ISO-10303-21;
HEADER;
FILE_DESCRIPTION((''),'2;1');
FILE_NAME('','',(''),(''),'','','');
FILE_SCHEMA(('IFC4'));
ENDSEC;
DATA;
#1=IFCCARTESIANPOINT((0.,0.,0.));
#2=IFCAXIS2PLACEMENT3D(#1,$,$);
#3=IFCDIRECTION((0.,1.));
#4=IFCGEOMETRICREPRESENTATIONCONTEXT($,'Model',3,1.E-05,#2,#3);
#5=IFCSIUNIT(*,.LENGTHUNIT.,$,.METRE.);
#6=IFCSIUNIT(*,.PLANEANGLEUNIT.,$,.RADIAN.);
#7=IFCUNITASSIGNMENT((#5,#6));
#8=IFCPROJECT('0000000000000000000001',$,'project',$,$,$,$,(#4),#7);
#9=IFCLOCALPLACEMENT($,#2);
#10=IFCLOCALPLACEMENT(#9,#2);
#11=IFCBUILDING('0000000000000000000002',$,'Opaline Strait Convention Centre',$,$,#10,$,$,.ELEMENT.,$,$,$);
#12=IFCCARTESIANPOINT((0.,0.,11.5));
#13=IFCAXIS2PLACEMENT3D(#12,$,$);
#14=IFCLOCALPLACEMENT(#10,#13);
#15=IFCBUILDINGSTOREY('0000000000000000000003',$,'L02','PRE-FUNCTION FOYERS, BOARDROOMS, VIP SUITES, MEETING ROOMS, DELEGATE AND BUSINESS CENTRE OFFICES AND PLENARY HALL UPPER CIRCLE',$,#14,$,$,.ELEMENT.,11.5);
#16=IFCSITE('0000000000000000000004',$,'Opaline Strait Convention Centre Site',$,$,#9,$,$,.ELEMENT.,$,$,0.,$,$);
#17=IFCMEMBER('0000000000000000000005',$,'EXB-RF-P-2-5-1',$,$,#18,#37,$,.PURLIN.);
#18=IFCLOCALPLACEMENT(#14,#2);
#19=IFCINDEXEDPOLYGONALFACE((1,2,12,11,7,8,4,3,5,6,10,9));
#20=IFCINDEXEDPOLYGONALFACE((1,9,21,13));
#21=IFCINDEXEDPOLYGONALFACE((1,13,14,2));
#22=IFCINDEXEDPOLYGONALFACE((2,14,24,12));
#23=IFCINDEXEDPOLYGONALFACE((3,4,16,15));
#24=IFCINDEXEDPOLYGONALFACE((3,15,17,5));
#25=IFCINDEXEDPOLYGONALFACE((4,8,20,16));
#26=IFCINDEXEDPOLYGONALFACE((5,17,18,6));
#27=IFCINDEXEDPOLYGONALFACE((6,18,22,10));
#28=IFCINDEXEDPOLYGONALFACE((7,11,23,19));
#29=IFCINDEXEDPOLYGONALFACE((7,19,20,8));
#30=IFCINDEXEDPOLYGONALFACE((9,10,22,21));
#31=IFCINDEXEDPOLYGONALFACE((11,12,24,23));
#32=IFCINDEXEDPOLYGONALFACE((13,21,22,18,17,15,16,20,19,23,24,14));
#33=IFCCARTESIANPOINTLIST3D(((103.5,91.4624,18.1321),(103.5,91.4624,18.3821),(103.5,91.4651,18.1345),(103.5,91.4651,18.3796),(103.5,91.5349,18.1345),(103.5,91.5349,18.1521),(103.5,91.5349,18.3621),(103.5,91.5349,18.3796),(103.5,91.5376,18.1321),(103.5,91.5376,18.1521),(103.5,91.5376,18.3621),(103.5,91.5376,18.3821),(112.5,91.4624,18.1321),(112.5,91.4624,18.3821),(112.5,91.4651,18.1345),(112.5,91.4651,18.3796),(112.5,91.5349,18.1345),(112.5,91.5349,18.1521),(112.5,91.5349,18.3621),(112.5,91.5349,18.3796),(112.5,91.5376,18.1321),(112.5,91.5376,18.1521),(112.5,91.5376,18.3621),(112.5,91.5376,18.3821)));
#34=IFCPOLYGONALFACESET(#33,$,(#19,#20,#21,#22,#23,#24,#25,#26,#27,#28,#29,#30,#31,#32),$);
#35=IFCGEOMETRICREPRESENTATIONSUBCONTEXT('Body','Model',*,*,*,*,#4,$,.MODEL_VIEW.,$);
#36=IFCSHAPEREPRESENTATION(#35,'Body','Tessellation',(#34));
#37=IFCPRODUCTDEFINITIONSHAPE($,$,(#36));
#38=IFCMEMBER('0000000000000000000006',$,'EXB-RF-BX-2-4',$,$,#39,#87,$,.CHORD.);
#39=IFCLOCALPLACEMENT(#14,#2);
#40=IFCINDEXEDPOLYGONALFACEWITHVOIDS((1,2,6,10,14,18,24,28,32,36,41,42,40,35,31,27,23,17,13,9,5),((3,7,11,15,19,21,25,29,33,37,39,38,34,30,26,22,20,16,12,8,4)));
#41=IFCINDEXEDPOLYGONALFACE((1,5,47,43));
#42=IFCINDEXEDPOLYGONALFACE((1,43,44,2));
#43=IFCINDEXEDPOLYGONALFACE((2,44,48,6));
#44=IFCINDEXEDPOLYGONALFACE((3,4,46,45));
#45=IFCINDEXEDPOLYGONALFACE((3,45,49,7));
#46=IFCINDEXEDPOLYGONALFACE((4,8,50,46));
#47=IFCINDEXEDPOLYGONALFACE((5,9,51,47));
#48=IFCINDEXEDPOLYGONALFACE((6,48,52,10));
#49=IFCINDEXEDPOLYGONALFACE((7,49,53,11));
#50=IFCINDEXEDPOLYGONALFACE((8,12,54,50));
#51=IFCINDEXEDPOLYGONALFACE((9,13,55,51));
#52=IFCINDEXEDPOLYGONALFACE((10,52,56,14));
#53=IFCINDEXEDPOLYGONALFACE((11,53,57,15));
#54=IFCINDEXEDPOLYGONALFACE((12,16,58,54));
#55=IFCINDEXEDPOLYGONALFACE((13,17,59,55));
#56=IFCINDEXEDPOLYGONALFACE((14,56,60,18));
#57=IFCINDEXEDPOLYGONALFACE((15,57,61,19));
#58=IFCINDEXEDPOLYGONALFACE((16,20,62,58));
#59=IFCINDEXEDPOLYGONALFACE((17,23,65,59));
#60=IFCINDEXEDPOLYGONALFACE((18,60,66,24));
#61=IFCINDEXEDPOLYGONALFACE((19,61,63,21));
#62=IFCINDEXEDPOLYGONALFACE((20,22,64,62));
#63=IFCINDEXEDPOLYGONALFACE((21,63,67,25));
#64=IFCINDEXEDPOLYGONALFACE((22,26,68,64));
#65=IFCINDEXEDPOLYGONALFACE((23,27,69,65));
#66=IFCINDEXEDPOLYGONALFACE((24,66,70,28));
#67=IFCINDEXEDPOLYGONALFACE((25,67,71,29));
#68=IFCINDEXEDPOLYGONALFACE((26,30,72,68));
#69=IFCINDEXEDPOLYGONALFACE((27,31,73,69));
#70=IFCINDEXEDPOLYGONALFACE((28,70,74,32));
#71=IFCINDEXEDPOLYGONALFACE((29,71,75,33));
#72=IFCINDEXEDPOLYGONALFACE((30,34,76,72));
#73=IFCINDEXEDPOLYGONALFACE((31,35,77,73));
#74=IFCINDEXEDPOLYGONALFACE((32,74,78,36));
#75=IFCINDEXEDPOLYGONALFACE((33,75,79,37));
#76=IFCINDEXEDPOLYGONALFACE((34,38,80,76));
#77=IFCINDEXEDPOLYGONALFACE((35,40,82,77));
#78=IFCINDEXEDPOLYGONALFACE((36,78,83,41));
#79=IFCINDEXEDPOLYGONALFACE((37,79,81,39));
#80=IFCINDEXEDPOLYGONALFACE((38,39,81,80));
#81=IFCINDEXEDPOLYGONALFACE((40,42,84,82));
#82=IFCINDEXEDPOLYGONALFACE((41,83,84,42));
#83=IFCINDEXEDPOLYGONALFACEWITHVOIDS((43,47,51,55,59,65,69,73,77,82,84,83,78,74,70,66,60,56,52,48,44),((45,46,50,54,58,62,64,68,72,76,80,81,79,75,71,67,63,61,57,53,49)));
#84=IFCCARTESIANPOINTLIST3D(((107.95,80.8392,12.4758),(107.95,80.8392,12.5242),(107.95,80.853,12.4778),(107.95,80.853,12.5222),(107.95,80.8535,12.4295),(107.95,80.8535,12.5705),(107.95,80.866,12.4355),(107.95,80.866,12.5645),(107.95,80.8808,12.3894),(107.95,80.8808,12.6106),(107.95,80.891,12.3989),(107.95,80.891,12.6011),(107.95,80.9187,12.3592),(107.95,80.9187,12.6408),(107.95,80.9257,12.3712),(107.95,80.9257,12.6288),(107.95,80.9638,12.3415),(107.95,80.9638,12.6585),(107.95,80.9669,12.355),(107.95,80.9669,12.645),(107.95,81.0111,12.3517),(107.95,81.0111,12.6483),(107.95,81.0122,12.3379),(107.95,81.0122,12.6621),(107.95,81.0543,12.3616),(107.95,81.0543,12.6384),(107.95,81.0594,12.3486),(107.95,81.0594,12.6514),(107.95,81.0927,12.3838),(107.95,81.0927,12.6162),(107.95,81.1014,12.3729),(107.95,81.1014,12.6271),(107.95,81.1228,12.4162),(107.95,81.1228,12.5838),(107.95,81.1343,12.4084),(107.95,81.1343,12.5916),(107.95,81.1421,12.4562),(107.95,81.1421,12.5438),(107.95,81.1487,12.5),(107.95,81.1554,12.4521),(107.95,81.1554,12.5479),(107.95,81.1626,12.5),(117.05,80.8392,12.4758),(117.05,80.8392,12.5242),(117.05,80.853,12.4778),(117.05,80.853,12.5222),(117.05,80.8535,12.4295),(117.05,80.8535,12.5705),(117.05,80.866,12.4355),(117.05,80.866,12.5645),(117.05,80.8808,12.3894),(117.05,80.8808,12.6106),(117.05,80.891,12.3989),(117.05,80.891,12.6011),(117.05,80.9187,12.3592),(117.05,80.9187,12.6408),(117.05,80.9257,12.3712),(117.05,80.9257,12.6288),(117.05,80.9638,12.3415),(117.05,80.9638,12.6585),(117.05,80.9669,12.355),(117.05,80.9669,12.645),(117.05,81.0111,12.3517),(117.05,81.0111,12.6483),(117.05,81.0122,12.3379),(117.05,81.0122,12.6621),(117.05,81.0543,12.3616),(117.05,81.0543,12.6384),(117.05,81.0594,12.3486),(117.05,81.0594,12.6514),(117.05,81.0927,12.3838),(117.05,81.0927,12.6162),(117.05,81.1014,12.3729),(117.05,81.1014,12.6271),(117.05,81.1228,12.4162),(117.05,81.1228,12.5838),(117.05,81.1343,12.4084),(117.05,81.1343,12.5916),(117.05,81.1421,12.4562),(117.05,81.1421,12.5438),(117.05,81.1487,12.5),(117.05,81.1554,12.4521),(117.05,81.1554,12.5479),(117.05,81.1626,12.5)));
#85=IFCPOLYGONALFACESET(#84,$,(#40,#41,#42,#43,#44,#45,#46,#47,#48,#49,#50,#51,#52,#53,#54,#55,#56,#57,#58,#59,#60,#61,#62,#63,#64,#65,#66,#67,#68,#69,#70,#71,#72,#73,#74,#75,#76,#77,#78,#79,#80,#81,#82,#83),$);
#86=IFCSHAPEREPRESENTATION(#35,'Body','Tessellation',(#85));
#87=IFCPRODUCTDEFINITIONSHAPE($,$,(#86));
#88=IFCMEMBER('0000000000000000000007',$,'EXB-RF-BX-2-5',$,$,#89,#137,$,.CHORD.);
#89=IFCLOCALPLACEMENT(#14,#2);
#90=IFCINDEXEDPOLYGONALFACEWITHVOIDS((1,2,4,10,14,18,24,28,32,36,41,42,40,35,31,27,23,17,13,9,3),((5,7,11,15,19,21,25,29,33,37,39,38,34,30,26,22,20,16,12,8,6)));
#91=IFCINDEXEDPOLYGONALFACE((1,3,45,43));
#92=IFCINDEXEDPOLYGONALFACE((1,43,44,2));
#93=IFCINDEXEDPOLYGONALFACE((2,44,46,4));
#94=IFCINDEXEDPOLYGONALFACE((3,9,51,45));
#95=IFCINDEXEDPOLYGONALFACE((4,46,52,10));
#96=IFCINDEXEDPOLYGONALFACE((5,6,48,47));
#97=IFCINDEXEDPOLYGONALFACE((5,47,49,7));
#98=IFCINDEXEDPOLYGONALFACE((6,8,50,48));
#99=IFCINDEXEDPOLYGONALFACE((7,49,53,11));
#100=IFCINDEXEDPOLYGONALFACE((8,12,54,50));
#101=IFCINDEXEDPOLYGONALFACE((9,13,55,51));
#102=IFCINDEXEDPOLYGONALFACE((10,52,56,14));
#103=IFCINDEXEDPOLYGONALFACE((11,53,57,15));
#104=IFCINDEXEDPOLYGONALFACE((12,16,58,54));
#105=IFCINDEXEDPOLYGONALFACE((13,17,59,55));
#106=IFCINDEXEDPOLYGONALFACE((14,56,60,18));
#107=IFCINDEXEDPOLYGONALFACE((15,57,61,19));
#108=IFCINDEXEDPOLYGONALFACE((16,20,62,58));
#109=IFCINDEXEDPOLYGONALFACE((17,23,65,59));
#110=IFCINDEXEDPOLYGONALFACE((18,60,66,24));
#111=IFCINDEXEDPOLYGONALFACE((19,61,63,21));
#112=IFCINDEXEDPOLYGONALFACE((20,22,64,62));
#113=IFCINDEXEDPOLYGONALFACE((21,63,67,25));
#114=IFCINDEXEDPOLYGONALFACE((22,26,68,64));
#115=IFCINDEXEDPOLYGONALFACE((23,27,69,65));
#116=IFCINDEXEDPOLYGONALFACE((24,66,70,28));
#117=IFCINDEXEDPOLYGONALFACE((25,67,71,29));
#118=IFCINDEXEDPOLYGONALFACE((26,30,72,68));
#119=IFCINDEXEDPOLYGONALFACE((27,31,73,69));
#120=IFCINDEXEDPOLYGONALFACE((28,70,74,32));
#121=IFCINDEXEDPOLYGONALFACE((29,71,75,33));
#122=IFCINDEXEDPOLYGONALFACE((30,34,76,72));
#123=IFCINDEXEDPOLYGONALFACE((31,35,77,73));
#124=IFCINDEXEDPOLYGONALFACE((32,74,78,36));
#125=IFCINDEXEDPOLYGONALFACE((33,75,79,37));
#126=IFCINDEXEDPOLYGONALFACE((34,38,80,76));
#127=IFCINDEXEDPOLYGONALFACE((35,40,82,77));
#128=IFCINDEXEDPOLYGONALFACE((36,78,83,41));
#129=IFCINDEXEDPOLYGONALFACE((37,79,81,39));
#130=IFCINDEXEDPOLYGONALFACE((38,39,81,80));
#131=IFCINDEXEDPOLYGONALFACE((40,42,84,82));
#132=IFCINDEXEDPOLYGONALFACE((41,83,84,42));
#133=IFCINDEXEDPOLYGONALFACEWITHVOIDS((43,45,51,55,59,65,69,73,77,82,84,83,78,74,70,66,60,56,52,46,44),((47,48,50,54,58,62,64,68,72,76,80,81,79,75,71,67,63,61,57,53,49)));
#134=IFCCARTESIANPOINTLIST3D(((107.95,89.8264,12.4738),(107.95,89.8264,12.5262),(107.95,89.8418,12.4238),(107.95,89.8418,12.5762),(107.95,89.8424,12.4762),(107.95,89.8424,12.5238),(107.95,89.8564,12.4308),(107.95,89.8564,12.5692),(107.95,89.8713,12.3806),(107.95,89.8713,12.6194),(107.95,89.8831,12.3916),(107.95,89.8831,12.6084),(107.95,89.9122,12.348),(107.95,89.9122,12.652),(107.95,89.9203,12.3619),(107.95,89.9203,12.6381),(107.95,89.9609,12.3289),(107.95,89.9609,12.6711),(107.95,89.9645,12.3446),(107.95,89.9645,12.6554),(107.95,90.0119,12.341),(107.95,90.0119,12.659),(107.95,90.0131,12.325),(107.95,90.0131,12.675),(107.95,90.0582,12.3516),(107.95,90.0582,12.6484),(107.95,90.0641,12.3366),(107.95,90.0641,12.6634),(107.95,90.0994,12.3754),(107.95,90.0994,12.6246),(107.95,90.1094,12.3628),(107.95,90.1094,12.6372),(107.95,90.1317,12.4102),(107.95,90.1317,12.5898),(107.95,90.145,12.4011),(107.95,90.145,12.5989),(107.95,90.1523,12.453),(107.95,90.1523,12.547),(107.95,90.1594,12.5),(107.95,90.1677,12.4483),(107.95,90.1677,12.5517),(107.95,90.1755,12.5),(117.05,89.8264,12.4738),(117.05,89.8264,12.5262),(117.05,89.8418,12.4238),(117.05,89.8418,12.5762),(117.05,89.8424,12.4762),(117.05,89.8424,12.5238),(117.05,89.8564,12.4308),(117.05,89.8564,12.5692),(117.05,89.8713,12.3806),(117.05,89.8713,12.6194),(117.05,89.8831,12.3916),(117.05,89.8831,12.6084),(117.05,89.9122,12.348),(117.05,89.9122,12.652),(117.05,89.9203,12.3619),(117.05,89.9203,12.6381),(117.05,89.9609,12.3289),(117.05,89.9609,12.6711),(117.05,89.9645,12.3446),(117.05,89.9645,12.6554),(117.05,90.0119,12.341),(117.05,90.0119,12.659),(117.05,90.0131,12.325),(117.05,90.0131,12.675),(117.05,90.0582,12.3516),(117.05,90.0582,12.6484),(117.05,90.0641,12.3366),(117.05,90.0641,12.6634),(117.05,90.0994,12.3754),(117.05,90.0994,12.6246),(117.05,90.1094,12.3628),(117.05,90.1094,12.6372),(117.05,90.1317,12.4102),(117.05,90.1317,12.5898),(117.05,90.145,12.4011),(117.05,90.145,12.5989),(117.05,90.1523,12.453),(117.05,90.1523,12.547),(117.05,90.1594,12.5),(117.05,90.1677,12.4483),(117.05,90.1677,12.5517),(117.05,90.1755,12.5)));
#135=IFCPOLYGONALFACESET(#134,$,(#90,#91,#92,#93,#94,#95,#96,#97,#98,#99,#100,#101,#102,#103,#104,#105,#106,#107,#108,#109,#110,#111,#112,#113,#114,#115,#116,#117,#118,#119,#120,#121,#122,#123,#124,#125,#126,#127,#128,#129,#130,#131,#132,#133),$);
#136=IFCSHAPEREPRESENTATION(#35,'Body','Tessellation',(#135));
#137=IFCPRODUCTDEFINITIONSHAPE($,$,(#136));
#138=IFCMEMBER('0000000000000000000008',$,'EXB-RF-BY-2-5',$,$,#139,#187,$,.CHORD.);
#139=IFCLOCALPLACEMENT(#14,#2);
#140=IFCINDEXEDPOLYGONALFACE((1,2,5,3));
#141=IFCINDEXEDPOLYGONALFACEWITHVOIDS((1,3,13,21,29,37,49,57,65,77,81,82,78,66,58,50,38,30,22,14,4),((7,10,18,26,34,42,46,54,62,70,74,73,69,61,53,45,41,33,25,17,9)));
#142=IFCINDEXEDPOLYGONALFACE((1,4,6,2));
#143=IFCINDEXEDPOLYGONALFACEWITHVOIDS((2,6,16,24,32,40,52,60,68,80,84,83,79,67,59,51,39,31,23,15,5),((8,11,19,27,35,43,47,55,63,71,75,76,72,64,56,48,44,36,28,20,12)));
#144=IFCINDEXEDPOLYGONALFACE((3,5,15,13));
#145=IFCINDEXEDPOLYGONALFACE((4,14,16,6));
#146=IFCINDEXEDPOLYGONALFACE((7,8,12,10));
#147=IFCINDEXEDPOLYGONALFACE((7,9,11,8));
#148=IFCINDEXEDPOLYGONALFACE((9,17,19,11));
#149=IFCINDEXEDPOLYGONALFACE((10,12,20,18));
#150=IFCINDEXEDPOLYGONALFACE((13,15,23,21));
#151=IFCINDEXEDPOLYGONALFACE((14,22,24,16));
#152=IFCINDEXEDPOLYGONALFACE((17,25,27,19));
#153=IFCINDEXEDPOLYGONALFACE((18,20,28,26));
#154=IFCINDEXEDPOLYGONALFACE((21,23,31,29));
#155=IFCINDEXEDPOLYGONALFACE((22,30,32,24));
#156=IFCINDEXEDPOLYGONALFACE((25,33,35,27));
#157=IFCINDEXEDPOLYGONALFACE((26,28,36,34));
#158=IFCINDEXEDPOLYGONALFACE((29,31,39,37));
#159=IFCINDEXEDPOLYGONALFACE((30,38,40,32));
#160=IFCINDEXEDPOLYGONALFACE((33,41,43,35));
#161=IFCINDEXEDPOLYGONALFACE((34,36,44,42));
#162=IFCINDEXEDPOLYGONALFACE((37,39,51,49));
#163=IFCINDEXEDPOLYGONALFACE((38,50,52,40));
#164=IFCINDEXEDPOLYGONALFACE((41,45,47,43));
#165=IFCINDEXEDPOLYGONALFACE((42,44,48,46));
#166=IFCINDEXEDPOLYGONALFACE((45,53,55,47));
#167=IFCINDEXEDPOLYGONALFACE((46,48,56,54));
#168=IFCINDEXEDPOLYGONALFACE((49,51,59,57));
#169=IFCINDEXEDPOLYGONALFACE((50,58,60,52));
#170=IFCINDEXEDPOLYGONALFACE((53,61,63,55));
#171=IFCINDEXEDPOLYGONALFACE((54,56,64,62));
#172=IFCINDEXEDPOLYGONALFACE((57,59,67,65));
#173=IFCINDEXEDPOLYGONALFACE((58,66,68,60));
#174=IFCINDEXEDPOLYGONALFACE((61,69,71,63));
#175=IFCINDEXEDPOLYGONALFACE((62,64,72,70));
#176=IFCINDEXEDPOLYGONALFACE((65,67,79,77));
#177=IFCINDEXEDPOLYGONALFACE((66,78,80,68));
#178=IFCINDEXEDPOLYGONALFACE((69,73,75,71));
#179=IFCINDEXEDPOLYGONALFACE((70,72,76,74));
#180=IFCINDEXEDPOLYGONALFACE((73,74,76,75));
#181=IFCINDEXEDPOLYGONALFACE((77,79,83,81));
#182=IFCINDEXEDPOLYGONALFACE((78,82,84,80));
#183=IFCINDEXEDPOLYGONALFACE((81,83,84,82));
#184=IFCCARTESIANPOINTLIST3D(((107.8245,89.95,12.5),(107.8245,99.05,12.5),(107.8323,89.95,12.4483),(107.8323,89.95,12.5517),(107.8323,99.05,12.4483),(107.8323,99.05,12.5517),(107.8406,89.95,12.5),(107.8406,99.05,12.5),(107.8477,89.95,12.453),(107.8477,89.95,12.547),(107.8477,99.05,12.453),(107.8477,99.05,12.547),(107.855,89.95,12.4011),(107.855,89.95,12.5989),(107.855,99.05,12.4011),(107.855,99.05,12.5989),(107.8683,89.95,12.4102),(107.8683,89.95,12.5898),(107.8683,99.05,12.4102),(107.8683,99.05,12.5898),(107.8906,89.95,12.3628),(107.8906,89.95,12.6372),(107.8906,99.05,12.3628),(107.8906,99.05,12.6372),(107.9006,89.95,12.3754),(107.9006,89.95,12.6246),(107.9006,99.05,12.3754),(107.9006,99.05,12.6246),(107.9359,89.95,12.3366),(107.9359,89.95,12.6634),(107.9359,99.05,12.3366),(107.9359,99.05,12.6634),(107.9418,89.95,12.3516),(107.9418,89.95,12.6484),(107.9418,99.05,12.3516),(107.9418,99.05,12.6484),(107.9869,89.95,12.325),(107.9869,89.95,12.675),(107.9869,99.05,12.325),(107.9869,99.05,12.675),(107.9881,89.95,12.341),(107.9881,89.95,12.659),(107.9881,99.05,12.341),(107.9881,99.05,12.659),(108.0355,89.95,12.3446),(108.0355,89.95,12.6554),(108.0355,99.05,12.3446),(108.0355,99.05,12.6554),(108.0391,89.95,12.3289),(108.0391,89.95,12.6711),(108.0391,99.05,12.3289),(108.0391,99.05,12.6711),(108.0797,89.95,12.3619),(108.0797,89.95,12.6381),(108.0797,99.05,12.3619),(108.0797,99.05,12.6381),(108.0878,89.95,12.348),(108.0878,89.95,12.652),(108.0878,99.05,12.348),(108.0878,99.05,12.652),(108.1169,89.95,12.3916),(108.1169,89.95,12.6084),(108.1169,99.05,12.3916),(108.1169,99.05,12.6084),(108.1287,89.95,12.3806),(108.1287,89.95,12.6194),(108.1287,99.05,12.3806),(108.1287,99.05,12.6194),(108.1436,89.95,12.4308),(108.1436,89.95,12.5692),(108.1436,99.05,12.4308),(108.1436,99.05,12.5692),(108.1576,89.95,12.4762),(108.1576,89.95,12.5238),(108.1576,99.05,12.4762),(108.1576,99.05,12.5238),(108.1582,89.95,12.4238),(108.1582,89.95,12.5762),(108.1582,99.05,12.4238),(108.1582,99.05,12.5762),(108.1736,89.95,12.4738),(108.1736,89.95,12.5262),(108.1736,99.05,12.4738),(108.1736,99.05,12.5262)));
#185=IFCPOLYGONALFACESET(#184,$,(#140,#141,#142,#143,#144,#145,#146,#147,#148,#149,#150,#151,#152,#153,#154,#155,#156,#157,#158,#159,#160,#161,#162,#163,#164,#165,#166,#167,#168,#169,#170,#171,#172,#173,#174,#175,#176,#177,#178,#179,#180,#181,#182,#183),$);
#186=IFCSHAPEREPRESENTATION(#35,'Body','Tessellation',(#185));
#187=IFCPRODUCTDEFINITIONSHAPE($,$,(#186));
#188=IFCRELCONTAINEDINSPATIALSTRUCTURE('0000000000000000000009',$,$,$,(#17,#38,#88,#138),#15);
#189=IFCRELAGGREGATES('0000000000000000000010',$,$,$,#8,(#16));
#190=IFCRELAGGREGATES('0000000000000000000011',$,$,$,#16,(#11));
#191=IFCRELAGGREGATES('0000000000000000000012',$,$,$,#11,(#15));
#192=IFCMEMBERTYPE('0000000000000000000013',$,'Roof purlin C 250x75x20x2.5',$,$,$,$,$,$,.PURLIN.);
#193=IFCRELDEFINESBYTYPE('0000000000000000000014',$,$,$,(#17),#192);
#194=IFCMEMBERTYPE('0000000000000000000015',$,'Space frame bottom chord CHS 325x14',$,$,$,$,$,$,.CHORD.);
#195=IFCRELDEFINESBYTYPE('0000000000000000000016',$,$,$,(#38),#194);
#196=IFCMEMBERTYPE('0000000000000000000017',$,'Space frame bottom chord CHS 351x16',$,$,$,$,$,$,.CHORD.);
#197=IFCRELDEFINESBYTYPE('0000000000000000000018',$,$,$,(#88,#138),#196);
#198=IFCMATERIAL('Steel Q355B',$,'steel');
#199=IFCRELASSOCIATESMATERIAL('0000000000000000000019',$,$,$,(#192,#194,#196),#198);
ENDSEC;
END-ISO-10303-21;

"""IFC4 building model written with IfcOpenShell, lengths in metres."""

from ifc_helpers import new_model, si_unit, direction, frame, origin, origin_2d, place, context, subcontext, project, spatial, polyline, hollow_circle, outline, extrude, material, material_profile, profile_set, type_object, element, save


model = new_model("IFC4")

# Units and contexts
model_context = context("Model", 3, precision=1e-05, world=origin(), true_north=direction((0.0, 1.0)))
body_context = subcontext(model_context, "Body", "Model", "MODEL_VIEW")
ifc_project = project(units=[si_unit("LENGTHUNIT", "METRE"), si_unit("PLANEANGLEUNIT", "RADIAN")], contexts=[model_context])

# Site, building, storey
site_placement = place(None, origin())
site = spatial("IfcSite", under=ifc_project, at=site_placement, Name="Opaline Strait Convention Centre Site", CompositionType="ELEMENT", RefElevation=0.0)
building_placement = place(site_placement, origin())
building = spatial("IfcBuilding", under=site, at=building_placement, Name="Opaline Strait Convention Centre", CompositionType="ELEMENT")
storey_placement = place(building_placement, frame((0.0, 0.0, 11.5)))
storey = spatial("IfcBuildingStorey", under=building, at=storey_placement, Name="L02", Description="PRE-FUNCTION FOYERS, BOARDROOMS, VIP SUITES, MEETING ROOMS, DELEGATE AND BUSINESS CENTRE OFFICES AND PLENARY HALL UPPER CIRCLE", CompositionType="ELEMENT", Elevation=11.5)

# Shared definitions
ifc_material_1 = material(Name="Steel Q355B", Category="steel")

# Members
ifc_material_profile_1 = material_profile(ifc_material_1, outline(polyline([(-0.0376, -0.125), (0.0376, -0.125), (0.0376, -0.105), (0.0349, -0.105), (0.0349, -0.1226), (-0.0349, -0.1226), (-0.0349, 0.1226), (0.0349, 0.1226), (0.0349, 0.105), (0.0376, 0.105), (0.0376, 0.125), (-0.0376, 0.125), (-0.0376, -0.125)])), Name="C 250x75x20x2.5")
ifc_profile_set_1 = profile_set([ifc_material_profile_1], Name="Steel Q355B")
member_type_1 = type_object("IfcMemberType", Name="Roof purlin C 250x75x20x2.5", PredefinedType="PURLIN", material=ifc_profile_set_1)
for number, where, z_axis, x_axis, name in (
    (1, (103.5, 91.5, 18.2571), (1.0, 0.0, 0.0), (0.0, 1.0, 0.0), "EXB-RF-P-2-5-1"),
):
    element("IfcMember", number, at=place(storey_placement, frame(where, z_axis=z_axis, x_axis=x_axis)), inside=storey, type_object=member_type_1, Name=name, PredefinedType="PURLIN", context=body_context, shape_type="SweptSolid", body=[
        extrude(outline(polyline([(-0.0376, -0.125), (0.0376, -0.125), (0.0376, -0.105), (0.0349, -0.105), (0.0349, -0.1226), (-0.0349, -0.1226), (-0.0349, 0.1226), (0.0349, 0.1226), (0.0349, 0.105), (0.0376, 0.105), (0.0376, 0.125), (-0.0376, 0.125), (-0.0376, -0.125)])), origin(), (0.0, 0.0, 1.0), 9.0),
    ])
ifc_material_profile_2 = material_profile(ifc_material_1, hollow_circle(Radius=0.1626, WallThickness=0.0139, at=origin_2d()), Name="CHS 325x14")
ifc_profile_set_2 = profile_set([ifc_material_profile_2], Name="Steel Q355B")
member_type_2 = type_object("IfcMemberType", Name="Space frame bottom chord CHS 325x14", PredefinedType="CHORD", material=ifc_profile_set_2)
member_1_placement = place(storey_placement, frame((107.95, 81.0, 12.5), z_axis=(1.0, 0.0, 0.0), x_axis=(0.0, 1.0, 0.0)))
element("IfcMember", 2, at=member_1_placement, inside=storey, type_object=member_type_2, Name="EXB-RF-BX-2-4", PredefinedType="CHORD", context=body_context, shape_type="SweptSolid", body=[
    extrude(hollow_circle(Radius=0.1626, WallThickness=0.0139, at=origin_2d()), origin(), (0.0, 0.0, 1.0), 9.1001),
])
ifc_material_profile_3 = material_profile(ifc_material_1, hollow_circle(Radius=0.1755, WallThickness=0.0161, at=origin_2d()), Name="CHS 351x16")
ifc_profile_set_3 = profile_set([ifc_material_profile_3], Name="Steel Q355B")
member_type_3 = type_object("IfcMemberType", Name="Space frame bottom chord CHS 351x16", PredefinedType="CHORD", material=ifc_profile_set_3)
for number, where, z_axis, x_axis, name in (
    (3, (107.95, 90.0, 12.5), (1.0, 0.0, 0.0), (0.0, 1.0, 0.0), "EXB-RF-BX-2-5"),
    (4, (108.0, 89.95, 12.5), (0.0, 1.0, 0.0), (-1.0, 0.0, 0.0), "EXB-RF-BY-2-5"),
):
    element("IfcMember", number, at=place(storey_placement, frame(where, z_axis=z_axis, x_axis=x_axis)), inside=storey, type_object=member_type_3, Name=name, PredefinedType="CHORD", context=body_context, shape_type="SweptSolid", body=[
        extrude(hollow_circle(Radius=0.1755, WallThickness=0.0161, at=origin_2d()), origin(), (0.0, 0.0, 1.0), 9.1001),
    ])

save(model, "model.ifc")
